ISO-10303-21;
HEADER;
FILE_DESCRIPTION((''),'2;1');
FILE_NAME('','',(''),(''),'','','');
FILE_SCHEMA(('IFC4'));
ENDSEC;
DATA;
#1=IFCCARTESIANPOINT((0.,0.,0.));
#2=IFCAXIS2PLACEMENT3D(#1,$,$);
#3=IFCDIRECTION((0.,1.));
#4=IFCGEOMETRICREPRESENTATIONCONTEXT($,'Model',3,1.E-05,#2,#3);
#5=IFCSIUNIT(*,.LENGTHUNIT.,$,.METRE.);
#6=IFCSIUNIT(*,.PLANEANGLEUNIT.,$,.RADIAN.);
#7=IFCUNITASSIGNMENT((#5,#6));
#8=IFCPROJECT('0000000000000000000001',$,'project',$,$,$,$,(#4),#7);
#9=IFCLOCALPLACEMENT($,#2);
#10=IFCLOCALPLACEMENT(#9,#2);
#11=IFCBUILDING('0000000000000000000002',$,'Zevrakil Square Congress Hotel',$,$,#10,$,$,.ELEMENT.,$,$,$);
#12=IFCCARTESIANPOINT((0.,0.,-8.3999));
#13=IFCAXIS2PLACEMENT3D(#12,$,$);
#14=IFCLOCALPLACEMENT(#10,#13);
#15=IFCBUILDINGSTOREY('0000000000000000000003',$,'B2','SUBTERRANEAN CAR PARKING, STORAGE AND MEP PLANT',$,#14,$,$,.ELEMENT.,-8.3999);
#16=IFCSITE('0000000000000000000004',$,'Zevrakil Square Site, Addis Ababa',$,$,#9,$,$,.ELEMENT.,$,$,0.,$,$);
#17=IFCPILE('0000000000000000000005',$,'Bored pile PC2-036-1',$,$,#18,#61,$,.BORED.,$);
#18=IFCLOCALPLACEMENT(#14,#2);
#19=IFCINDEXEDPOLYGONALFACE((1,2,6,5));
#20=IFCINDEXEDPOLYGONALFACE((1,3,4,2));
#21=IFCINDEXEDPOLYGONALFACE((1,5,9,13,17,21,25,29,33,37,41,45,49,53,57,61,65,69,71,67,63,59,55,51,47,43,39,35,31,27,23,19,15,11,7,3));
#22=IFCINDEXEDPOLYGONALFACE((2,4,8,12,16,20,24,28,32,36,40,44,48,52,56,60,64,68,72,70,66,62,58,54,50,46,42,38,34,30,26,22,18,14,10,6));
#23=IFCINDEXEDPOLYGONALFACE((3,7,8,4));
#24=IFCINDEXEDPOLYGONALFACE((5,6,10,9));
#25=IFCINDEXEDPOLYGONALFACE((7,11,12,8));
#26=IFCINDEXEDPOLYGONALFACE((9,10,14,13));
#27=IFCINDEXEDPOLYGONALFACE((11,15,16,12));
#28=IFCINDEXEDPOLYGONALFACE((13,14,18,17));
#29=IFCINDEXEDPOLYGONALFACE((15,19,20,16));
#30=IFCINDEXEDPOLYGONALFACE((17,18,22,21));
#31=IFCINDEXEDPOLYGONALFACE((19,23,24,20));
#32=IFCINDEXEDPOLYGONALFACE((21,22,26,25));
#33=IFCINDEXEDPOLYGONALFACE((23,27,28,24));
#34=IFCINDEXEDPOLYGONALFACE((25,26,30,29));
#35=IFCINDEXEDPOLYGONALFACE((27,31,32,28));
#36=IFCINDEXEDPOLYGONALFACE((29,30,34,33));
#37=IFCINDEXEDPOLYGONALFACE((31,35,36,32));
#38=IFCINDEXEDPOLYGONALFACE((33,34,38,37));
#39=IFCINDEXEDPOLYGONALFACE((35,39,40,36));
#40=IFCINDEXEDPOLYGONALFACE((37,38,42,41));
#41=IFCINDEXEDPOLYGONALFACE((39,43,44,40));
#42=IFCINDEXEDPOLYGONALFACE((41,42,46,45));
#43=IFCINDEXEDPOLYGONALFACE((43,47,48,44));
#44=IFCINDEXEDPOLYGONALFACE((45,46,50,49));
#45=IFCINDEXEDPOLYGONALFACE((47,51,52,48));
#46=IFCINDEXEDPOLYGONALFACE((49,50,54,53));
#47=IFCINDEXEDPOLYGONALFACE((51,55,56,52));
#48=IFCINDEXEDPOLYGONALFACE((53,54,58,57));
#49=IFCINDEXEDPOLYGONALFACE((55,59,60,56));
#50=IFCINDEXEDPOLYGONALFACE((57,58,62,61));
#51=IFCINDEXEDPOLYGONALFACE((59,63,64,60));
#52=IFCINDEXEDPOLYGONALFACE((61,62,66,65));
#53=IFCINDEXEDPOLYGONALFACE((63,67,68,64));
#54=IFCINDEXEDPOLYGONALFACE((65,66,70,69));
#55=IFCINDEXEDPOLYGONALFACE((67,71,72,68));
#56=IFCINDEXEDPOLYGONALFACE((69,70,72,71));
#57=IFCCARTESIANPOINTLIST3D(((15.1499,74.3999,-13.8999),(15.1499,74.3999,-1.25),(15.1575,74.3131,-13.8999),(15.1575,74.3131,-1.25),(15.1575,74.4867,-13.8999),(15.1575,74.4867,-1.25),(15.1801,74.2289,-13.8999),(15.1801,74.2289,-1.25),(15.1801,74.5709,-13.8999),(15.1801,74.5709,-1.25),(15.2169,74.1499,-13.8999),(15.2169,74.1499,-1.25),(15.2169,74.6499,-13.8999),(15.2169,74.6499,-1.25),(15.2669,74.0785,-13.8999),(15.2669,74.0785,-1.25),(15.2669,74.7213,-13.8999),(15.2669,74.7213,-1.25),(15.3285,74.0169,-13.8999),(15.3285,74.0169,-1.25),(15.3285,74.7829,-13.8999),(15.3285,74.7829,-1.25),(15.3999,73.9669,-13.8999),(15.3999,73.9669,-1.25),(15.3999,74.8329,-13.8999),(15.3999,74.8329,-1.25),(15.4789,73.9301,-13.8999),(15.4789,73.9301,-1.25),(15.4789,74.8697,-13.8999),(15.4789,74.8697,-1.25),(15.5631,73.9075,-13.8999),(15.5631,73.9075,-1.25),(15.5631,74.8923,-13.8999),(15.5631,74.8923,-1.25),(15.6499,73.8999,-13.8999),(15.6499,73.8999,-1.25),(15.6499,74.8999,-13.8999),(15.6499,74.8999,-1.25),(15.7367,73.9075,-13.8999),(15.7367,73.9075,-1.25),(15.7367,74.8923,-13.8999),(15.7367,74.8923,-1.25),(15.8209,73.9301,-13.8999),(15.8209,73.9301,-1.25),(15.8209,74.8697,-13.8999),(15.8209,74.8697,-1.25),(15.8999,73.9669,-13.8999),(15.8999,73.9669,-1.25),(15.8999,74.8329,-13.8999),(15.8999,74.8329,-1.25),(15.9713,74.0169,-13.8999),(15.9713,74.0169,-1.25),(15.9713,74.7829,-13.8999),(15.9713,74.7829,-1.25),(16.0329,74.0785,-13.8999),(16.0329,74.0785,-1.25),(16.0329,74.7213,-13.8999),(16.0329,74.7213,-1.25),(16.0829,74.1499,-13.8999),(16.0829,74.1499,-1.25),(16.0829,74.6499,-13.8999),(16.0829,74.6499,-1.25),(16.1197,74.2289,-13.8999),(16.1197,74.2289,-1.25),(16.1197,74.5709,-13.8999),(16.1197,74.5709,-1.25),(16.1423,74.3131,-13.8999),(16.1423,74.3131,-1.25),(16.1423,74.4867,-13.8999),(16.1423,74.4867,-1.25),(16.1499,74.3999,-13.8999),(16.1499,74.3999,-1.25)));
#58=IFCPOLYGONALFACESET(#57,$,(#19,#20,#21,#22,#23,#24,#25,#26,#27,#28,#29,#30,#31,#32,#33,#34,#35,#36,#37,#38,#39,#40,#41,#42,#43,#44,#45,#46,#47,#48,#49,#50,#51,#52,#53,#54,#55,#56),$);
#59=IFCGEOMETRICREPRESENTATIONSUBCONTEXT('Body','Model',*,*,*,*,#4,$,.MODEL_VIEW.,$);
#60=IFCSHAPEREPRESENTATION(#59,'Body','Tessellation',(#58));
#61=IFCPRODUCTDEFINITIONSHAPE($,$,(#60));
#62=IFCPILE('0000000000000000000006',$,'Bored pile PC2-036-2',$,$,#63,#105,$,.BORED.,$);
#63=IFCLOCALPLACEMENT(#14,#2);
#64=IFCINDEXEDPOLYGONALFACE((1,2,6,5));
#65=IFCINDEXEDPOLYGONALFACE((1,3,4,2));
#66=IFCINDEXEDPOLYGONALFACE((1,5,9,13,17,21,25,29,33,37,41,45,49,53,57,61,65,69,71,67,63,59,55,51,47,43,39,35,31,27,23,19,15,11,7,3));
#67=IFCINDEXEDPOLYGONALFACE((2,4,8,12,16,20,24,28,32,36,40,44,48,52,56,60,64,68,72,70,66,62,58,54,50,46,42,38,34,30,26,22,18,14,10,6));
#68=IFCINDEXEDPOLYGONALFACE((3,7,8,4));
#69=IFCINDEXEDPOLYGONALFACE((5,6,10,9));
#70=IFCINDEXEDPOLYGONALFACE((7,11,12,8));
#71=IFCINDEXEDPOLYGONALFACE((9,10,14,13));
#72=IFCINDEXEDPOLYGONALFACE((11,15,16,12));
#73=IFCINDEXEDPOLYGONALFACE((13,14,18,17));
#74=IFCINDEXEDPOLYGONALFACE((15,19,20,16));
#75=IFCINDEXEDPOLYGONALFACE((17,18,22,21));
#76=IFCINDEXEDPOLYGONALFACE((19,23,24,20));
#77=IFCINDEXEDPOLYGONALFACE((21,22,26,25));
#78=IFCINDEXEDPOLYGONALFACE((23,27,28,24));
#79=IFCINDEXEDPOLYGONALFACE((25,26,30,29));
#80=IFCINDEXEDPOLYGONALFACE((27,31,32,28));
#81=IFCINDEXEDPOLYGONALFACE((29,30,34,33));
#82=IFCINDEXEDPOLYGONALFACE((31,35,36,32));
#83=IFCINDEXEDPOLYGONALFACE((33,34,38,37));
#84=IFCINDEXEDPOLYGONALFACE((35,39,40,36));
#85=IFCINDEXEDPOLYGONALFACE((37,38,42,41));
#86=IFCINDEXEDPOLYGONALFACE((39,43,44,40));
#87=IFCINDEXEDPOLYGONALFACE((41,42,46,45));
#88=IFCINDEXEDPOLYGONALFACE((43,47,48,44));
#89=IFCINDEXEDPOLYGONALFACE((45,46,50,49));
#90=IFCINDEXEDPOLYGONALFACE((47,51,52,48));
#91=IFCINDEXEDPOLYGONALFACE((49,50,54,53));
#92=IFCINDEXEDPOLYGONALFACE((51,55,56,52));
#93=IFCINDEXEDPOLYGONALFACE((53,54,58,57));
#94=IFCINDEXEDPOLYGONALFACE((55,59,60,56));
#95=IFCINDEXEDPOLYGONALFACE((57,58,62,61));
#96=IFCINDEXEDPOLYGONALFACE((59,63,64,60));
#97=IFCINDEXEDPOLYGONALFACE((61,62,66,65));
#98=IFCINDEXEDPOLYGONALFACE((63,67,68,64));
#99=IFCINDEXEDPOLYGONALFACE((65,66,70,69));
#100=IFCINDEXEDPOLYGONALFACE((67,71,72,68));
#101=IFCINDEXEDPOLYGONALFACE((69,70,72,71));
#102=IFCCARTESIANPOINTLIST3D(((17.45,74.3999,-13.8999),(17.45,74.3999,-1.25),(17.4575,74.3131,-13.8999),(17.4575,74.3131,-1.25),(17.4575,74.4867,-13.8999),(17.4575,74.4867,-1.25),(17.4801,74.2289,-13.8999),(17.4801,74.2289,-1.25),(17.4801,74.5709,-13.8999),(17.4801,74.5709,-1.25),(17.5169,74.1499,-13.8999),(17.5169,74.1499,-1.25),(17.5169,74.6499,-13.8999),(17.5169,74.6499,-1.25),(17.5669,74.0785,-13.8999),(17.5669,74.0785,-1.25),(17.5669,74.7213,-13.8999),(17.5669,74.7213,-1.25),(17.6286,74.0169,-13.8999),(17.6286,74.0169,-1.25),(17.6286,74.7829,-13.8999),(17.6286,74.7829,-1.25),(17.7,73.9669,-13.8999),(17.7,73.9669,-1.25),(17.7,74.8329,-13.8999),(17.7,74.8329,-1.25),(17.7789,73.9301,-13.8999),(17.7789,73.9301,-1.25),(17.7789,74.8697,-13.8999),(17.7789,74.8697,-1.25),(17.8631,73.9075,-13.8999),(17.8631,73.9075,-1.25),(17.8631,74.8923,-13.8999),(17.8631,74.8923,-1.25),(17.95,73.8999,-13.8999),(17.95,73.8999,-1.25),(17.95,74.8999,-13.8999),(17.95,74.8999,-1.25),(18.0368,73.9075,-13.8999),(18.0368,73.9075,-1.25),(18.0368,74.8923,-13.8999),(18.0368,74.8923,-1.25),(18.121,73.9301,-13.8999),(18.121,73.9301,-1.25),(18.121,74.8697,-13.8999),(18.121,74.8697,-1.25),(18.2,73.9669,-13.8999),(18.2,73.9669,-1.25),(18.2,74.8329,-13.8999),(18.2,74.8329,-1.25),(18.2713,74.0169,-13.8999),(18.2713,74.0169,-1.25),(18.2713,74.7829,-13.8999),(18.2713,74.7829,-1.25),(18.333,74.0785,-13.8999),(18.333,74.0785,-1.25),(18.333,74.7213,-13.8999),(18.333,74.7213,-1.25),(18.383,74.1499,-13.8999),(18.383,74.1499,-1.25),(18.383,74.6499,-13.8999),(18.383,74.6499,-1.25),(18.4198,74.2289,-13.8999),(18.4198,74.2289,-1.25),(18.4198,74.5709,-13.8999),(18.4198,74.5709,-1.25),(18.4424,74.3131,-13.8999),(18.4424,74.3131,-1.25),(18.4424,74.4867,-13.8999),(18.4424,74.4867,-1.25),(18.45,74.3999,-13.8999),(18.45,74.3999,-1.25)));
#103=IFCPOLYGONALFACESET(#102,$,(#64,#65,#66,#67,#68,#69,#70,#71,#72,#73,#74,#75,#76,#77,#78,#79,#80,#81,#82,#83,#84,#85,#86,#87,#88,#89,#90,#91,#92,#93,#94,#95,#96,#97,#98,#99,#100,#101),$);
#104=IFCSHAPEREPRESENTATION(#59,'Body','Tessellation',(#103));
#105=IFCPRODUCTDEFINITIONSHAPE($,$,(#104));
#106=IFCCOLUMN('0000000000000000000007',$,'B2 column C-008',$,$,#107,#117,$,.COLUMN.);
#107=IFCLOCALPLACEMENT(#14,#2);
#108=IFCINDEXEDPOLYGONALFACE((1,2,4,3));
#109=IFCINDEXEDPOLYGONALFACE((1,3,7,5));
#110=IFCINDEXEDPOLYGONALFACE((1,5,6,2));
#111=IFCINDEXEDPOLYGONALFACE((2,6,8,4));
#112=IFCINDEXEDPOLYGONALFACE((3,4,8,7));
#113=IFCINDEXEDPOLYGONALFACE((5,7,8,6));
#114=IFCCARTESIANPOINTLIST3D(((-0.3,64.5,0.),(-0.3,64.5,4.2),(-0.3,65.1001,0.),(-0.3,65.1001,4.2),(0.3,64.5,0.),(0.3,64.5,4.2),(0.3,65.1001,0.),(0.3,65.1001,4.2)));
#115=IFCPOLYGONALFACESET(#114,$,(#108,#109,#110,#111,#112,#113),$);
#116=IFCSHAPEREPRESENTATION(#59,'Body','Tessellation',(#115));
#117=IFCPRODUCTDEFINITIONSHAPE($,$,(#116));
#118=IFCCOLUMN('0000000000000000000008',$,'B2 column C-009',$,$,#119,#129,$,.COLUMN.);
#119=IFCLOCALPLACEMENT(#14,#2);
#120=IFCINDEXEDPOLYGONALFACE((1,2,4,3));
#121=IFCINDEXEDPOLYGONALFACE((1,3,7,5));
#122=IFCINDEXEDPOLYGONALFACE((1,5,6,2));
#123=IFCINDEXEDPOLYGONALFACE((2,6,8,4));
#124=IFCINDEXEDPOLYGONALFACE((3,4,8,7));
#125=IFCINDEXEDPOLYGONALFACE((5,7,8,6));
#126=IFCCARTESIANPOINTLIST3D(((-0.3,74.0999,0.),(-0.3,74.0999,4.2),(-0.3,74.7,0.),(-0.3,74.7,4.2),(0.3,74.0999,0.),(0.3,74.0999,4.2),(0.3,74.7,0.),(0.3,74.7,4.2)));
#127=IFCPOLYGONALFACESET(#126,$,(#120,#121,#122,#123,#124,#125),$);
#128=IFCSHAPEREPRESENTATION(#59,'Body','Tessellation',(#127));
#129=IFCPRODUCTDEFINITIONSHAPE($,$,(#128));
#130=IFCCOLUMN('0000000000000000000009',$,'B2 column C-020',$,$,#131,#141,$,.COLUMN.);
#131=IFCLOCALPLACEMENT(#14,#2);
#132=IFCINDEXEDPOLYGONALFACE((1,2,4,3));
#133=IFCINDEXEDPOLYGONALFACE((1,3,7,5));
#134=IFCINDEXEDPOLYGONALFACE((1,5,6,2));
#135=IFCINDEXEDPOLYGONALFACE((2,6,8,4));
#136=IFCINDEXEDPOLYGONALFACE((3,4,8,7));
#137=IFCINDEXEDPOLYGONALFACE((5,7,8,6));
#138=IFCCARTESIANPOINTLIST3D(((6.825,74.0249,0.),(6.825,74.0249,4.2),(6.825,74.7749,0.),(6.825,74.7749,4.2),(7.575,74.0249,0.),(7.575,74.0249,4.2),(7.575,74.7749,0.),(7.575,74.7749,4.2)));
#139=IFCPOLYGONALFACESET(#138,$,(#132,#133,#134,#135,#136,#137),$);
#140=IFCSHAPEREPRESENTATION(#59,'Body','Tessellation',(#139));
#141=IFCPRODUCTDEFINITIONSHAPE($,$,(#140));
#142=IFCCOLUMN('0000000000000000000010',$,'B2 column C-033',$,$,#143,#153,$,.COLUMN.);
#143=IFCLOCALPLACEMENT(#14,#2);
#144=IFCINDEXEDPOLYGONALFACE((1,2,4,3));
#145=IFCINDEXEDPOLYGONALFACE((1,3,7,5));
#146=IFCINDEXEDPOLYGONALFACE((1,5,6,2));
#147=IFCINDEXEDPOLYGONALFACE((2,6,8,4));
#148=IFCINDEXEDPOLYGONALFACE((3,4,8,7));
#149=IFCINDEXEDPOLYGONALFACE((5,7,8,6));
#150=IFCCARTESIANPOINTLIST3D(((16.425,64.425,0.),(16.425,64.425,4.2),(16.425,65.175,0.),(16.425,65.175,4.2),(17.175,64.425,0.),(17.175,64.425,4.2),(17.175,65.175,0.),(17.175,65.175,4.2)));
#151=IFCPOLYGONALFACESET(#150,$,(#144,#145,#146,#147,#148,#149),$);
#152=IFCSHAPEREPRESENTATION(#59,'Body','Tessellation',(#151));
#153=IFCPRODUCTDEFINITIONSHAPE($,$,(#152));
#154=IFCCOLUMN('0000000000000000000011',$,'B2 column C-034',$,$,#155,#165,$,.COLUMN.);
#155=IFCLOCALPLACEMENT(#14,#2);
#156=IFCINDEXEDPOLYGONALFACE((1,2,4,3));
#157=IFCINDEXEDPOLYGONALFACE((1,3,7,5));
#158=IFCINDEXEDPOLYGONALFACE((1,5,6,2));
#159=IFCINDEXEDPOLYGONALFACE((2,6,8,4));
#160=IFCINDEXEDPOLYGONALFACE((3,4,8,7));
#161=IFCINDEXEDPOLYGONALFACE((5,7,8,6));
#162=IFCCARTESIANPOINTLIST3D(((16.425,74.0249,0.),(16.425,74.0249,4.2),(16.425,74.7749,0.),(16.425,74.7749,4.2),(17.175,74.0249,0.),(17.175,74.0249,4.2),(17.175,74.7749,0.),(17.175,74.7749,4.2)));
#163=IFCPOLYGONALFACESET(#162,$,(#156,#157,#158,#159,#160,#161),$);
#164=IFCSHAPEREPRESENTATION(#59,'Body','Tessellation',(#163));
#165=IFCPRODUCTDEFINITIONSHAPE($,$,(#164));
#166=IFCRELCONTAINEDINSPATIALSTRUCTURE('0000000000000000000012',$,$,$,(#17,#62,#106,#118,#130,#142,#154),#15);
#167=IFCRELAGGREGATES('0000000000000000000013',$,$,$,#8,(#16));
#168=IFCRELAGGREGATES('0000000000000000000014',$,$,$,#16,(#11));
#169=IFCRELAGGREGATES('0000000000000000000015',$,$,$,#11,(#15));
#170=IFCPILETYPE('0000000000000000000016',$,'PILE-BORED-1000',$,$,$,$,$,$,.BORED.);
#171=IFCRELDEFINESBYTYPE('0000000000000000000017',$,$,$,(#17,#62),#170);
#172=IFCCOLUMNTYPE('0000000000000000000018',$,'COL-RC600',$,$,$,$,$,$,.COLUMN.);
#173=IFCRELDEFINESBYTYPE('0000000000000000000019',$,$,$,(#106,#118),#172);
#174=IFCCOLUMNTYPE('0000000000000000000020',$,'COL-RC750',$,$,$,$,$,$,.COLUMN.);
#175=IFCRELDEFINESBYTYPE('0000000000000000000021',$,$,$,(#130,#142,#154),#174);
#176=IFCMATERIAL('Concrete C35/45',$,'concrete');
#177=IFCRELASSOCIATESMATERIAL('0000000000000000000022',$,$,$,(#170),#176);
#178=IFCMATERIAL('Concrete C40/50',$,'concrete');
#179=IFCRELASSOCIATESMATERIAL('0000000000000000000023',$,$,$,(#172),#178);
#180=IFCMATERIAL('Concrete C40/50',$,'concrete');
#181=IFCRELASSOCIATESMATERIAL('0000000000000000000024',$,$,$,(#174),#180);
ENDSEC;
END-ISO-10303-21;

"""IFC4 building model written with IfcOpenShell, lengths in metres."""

from ifc_helpers import new_model, si_unit, direction, frame, origin, origin_2d, place, context, subcontext, project, spatial, rectangle, circle, extrude, material, material_profile, profile_set, type_object, element, save


model = new_model("IFC4")

# Units and contexts
model_context = context("Model", 3, precision=1e-05, world=origin(), true_north=direction((0.0, 1.0)))
body_context = subcontext(model_context, "Body", "Model", "MODEL_VIEW")
ifc_project = project(units=[si_unit("LENGTHUNIT", "METRE"), si_unit("PLANEANGLEUNIT", "RADIAN")], contexts=[model_context])

# Site, building, storey
site_placement = place(None, origin())
site = spatial("IfcSite", under=ifc_project, at=site_placement, Name="Zevrakil Square Site, Addis Ababa", CompositionType="ELEMENT", RefElevation=0.0)
building_placement = place(site_placement, origin())
building = spatial("IfcBuilding", under=site, at=building_placement, Name="Zevrakil Square Congress Hotel", CompositionType="ELEMENT")
storey_placement = place(building_placement, frame((0.0, 0.0, -8.3999)))
storey = spatial("IfcBuildingStorey", under=building, at=storey_placement, Name="B2", Description="SUBTERRANEAN CAR PARKING, STORAGE AND MEP PLANT", CompositionType="ELEMENT", Elevation=-8.3999)

# Piles
ifc_material_1 = material(Name="Concrete C35/45", Category="concrete")
ifc_material_profile_1 = material_profile(ifc_material_1, circle(Radius=0.5, at=origin_2d()), Name="PILE D1000")
ifc_profile_set_1 = profile_set([ifc_material_profile_1], Name="Concrete C35/45")
pile_type = type_object("IfcPileType", Name="PILE-BORED-1000", PredefinedType="BORED", material=ifc_profile_set_1)
for number, where, z_axis, x_axis, name in (
    (1, (15.6499, 74.3999, -1.25), (0.0, 0.0, -1.0), (1.0, 0.0, 0.0), "Bored pile PC2-036-1"),
    (2, (17.95, 74.3999, -1.25), (0.0, 0.0, -1.0), (1.0, 0.0, 0.0), "Bored pile PC2-036-2"),
):
    element("IfcPile", number, at=place(storey_placement, frame(where, z_axis=z_axis, x_axis=x_axis)), inside=storey, type_object=pile_type, Name=name, PredefinedType="BORED", context=body_context, shape_type="SweptSolid", body=[
        extrude(circle(Radius=0.5, at=origin_2d()), origin(), (0.0, 0.0, 1.0), 12.6499),
    ])

# Columns
ifc_material_2 = material(Name="Concrete C40/50", Category="concrete")
ifc_material_profile_2 = material_profile(ifc_material_2, rectangle(XDim=0.6001, YDim=0.6001, at=origin_2d()), Name="RC 600x600")
ifc_profile_set_2 = profile_set([ifc_material_profile_2], Name="Concrete C40/50")
column_type_1 = type_object("IfcColumnType", Name="COL-RC600", PredefinedType="COLUMN", material=ifc_profile_set_2)
for number, where, z_axis, x_axis, name in (
    (3, (0.0, 64.8, 0.0), (0.0, 0.0, 1.0), (1.0, 0.0, 0.0), "B2 column C-008"),
    (4, (0.0, 74.3999, 0.0), (0.0, 0.0, 1.0), (1.0, 0.0, 0.0), "B2 column C-009"),
):
    element("IfcColumn", number, at=place(storey_placement, frame(where, z_axis=z_axis, x_axis=x_axis)), inside=storey, type_object=column_type_1, Name=name, PredefinedType="COLUMN", context=body_context, shape_type="SweptSolid", body=[
        extrude(rectangle(XDim=0.6001, YDim=0.6001, at=origin_2d()), origin(), (0.0, 0.0, 1.0), 4.2),
    ])
ifc_material_3 = material(Name="Concrete C40/50", Category="concrete")
ifc_material_profile_3 = material_profile(ifc_material_3, rectangle(XDim=0.75, YDim=0.75, at=origin_2d()), Name="RC 750x750")
ifc_profile_set_3 = profile_set([ifc_material_profile_3], Name="Concrete C40/50")
column_type_2 = type_object("IfcColumnType", Name="COL-RC750", PredefinedType="COLUMN", material=ifc_profile_set_3)
for number, where, z_axis, x_axis, name in (
    (5, (7.2, 74.3999, 0.0), (0.0, 0.0, 1.0), (1.0, 0.0, 0.0), "B2 column C-020"),
    (6, (16.8, 64.8, 0.0), (0.0, 0.0, 1.0), (1.0, 0.0, 0.0), "B2 column C-033"),
    (7, (16.8, 74.3999, 0.0), (0.0, 0.0, 1.0), (1.0, 0.0, 0.0), "B2 column C-034"),
):
    element("IfcColumn", number, at=place(storey_placement, frame(where, z_axis=z_axis, x_axis=x_axis)), inside=storey, type_object=column_type_2, Name=name, PredefinedType="COLUMN", context=body_context, shape_type="SweptSolid", body=[
        extrude(rectangle(XDim=0.75, YDim=0.75, at=origin_2d()), origin(), (0.0, 0.0, 1.0), 4.2),
    ])

save(model, "model.ifc")
